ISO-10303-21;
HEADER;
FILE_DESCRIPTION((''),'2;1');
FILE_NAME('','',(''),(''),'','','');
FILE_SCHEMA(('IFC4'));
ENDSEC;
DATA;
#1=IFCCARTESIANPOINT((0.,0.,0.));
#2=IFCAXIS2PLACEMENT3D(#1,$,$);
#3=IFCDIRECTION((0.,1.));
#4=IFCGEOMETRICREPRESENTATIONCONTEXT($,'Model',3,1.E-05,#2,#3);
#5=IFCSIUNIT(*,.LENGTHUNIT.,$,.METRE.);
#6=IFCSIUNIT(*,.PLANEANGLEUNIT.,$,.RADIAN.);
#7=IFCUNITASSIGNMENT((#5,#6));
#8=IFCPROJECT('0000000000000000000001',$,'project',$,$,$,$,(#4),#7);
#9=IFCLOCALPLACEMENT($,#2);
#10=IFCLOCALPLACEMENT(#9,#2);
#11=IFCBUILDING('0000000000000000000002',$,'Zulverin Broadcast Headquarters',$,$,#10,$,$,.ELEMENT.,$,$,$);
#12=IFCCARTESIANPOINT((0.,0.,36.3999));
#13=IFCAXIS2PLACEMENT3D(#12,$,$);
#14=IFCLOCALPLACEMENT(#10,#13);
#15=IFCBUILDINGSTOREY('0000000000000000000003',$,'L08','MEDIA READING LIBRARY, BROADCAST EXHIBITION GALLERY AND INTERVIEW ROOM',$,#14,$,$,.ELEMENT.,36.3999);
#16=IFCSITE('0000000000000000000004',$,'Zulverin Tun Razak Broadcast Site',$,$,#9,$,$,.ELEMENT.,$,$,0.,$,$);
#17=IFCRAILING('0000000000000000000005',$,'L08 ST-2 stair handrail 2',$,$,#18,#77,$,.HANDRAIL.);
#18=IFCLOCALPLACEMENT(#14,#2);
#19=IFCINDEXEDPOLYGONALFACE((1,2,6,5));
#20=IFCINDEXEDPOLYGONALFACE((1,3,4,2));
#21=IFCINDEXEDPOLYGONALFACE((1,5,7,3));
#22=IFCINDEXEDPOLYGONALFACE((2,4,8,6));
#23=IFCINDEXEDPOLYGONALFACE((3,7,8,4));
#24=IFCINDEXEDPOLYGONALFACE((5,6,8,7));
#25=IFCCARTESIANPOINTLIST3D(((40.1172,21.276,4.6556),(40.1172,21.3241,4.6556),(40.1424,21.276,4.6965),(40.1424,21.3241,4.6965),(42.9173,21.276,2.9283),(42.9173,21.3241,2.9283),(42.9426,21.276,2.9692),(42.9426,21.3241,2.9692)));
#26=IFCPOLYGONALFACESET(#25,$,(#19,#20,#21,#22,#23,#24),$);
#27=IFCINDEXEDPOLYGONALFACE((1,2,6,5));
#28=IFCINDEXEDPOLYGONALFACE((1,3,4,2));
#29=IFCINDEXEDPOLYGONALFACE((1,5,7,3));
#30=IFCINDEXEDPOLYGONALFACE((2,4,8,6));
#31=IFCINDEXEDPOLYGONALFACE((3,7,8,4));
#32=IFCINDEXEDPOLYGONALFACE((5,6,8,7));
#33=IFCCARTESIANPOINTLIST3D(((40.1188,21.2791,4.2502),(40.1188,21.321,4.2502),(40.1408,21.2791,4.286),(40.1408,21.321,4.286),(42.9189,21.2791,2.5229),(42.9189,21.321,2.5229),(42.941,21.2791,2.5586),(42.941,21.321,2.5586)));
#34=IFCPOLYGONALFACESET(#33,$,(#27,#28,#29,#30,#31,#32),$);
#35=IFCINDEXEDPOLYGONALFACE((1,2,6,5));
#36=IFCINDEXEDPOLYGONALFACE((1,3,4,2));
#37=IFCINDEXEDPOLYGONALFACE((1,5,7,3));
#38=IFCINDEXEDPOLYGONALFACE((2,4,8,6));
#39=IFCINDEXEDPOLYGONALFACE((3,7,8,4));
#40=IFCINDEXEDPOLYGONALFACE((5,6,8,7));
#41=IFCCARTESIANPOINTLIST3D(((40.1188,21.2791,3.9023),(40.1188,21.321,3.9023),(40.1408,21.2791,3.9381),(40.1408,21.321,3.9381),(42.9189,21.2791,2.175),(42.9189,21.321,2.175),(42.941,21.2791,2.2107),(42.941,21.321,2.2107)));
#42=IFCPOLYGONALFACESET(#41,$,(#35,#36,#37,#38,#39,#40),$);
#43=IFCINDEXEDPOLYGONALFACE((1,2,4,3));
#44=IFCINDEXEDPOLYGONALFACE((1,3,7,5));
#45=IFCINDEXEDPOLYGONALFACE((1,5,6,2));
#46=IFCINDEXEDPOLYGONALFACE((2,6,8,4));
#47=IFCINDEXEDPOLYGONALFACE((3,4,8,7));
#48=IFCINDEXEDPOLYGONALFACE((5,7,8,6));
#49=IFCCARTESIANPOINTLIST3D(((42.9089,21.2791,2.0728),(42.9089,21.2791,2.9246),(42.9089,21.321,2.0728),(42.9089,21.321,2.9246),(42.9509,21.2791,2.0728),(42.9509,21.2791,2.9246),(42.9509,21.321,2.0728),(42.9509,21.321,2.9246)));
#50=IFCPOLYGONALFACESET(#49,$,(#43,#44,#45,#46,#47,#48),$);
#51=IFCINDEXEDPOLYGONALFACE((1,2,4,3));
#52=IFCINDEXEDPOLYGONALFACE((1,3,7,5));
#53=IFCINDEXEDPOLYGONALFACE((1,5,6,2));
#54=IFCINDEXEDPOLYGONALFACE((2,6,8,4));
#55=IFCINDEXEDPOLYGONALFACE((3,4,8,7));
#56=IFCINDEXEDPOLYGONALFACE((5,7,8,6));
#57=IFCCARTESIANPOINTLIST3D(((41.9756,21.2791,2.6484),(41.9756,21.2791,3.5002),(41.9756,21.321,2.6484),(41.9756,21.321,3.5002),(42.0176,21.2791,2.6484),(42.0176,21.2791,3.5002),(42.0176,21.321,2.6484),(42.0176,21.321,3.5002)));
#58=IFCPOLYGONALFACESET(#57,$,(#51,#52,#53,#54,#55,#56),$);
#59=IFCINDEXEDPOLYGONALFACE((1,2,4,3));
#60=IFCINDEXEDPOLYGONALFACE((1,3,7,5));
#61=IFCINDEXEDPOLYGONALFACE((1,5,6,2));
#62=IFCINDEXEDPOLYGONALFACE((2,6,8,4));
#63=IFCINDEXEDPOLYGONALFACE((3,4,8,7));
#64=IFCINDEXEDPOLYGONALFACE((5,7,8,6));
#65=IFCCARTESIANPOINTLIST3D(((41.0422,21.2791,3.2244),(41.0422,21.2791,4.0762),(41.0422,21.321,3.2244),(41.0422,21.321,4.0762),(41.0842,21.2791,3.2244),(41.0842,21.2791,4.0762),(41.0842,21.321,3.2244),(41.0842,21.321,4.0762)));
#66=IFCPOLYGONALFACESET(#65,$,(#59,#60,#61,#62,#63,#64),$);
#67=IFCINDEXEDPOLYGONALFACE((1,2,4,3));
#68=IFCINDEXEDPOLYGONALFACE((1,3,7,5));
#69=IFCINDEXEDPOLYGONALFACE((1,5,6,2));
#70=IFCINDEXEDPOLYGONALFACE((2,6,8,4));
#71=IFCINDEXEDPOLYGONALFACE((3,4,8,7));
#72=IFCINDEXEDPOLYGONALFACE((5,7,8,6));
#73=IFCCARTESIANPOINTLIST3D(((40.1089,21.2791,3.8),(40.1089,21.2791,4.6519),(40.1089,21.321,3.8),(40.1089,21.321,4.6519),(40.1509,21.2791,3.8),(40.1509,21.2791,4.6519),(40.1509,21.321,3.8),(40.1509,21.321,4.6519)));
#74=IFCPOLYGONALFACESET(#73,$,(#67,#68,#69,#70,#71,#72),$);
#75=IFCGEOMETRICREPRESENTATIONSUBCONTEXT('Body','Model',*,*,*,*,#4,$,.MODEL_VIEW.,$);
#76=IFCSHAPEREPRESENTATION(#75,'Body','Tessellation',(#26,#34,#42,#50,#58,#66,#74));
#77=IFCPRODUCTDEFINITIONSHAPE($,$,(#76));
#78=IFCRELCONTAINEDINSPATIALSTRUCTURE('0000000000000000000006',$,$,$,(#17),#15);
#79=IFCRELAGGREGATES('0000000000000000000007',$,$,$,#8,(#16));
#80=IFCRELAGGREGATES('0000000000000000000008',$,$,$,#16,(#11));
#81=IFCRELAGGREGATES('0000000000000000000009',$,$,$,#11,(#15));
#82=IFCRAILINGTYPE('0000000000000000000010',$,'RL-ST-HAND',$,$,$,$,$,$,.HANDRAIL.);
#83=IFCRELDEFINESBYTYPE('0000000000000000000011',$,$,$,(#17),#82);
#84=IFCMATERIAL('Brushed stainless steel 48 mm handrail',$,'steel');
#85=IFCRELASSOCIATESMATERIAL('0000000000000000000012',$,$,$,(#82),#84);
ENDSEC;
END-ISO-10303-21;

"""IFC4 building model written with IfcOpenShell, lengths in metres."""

from ifc_helpers import new_model, si_unit, direction, frame, origin, origin_2d, place, context, subcontext, project, spatial, rectangle, extrude, material, type_object, element, save


model = new_model("IFC4")

# Units and contexts
model_context = context("Model", 3, precision=1e-05, world=origin(), true_north=direction((0.0, 1.0)))
body_context = subcontext(model_context, "Body", "Model", "MODEL_VIEW")
ifc_project = project(units=[si_unit("LENGTHUNIT", "METRE"), si_unit("PLANEANGLEUNIT", "RADIAN")], contexts=[model_context])

# Site, building, storey
site_placement = place(None, origin())
site = spatial("IfcSite", under=ifc_project, at=site_placement, Name="Zulverin Tun Razak Broadcast Site", CompositionType="ELEMENT", RefElevation=0.0)
building_placement = place(site_placement, origin())
building = spatial("IfcBuilding", under=site, at=building_placement, Name="Zulverin Broadcast Headquarters", CompositionType="ELEMENT")
storey_placement = place(building_placement, frame((0.0, 0.0, 36.3999)))
storey = spatial("IfcBuildingStorey", under=building, at=storey_placement, Name="L08", Description="MEDIA READING LIBRARY, BROADCAST EXHIBITION GALLERY AND INTERVIEW ROOM", CompositionType="ELEMENT", Elevation=36.3999)

# Railing
ifc_material_1 = material(Name="Brushed stainless steel 48 mm handrail", Category="steel")
railing_type = type_object("IfcRailingType", Name="RL-ST-HAND", PredefinedType="HANDRAIL", material=ifc_material_1)
railing_placement = place(storey_placement, frame((42.9299, 21.3, 2.0728)))
element("IfcRailing", 1, at=railing_placement, inside=storey, type_object=railing_type, Name="L08 ST-2 stair handrail 2", PredefinedType="HANDRAIL", context=body_context, shape_type="SweptSolid", body=[
    extrude(rectangle(XDim=0.0481, YDim=0.0481, at=origin_2d()), frame((0.0, 0.0, 0.876), z_axis=(-0.85109, 0.0, 0.52502), x_axis=(0.0, -1.0, 0.0)), (0.0, 0.0, 1.0), 3.29),
    extrude(rectangle(XDim=0.042, YDim=0.042, at=origin_2d()), frame((0.0, 0.0, 0.468), z_axis=(-0.85109, 0.0, 0.52502), x_axis=(0.0, -1.0, 0.0)), (0.0, 0.0, 1.0), 3.29),
    extrude(rectangle(XDim=0.042, YDim=0.042, at=origin_2d()), frame((0.0, 0.0, 0.1201), z_axis=(-0.85109, 0.0, 0.52502), x_axis=(0.0, -1.0, 0.0)), (0.0, 0.0, 1.0), 3.29),
    extrude(rectangle(XDim=0.042, YDim=0.042, at=origin_2d()), origin(), (0.0, 0.0, 1.0), 0.8518),
    extrude(rectangle(XDim=0.042, YDim=0.042, at=origin_2d()), frame((-0.9333, 0.0, 0.5757)), (0.0, 0.0, 1.0), 0.8518),
    extrude(rectangle(XDim=0.042, YDim=0.042, at=origin_2d()), frame((-1.8667, 0.0, 1.1516)), (0.0, 0.0, 1.0), 0.8518),
    extrude(rectangle(XDim=0.042, YDim=0.042, at=origin_2d()), frame((-2.8, 0.0, 1.7273)), (0.0, 0.0, 1.0), 0.8518),
])

save(model, "model.ifc")
